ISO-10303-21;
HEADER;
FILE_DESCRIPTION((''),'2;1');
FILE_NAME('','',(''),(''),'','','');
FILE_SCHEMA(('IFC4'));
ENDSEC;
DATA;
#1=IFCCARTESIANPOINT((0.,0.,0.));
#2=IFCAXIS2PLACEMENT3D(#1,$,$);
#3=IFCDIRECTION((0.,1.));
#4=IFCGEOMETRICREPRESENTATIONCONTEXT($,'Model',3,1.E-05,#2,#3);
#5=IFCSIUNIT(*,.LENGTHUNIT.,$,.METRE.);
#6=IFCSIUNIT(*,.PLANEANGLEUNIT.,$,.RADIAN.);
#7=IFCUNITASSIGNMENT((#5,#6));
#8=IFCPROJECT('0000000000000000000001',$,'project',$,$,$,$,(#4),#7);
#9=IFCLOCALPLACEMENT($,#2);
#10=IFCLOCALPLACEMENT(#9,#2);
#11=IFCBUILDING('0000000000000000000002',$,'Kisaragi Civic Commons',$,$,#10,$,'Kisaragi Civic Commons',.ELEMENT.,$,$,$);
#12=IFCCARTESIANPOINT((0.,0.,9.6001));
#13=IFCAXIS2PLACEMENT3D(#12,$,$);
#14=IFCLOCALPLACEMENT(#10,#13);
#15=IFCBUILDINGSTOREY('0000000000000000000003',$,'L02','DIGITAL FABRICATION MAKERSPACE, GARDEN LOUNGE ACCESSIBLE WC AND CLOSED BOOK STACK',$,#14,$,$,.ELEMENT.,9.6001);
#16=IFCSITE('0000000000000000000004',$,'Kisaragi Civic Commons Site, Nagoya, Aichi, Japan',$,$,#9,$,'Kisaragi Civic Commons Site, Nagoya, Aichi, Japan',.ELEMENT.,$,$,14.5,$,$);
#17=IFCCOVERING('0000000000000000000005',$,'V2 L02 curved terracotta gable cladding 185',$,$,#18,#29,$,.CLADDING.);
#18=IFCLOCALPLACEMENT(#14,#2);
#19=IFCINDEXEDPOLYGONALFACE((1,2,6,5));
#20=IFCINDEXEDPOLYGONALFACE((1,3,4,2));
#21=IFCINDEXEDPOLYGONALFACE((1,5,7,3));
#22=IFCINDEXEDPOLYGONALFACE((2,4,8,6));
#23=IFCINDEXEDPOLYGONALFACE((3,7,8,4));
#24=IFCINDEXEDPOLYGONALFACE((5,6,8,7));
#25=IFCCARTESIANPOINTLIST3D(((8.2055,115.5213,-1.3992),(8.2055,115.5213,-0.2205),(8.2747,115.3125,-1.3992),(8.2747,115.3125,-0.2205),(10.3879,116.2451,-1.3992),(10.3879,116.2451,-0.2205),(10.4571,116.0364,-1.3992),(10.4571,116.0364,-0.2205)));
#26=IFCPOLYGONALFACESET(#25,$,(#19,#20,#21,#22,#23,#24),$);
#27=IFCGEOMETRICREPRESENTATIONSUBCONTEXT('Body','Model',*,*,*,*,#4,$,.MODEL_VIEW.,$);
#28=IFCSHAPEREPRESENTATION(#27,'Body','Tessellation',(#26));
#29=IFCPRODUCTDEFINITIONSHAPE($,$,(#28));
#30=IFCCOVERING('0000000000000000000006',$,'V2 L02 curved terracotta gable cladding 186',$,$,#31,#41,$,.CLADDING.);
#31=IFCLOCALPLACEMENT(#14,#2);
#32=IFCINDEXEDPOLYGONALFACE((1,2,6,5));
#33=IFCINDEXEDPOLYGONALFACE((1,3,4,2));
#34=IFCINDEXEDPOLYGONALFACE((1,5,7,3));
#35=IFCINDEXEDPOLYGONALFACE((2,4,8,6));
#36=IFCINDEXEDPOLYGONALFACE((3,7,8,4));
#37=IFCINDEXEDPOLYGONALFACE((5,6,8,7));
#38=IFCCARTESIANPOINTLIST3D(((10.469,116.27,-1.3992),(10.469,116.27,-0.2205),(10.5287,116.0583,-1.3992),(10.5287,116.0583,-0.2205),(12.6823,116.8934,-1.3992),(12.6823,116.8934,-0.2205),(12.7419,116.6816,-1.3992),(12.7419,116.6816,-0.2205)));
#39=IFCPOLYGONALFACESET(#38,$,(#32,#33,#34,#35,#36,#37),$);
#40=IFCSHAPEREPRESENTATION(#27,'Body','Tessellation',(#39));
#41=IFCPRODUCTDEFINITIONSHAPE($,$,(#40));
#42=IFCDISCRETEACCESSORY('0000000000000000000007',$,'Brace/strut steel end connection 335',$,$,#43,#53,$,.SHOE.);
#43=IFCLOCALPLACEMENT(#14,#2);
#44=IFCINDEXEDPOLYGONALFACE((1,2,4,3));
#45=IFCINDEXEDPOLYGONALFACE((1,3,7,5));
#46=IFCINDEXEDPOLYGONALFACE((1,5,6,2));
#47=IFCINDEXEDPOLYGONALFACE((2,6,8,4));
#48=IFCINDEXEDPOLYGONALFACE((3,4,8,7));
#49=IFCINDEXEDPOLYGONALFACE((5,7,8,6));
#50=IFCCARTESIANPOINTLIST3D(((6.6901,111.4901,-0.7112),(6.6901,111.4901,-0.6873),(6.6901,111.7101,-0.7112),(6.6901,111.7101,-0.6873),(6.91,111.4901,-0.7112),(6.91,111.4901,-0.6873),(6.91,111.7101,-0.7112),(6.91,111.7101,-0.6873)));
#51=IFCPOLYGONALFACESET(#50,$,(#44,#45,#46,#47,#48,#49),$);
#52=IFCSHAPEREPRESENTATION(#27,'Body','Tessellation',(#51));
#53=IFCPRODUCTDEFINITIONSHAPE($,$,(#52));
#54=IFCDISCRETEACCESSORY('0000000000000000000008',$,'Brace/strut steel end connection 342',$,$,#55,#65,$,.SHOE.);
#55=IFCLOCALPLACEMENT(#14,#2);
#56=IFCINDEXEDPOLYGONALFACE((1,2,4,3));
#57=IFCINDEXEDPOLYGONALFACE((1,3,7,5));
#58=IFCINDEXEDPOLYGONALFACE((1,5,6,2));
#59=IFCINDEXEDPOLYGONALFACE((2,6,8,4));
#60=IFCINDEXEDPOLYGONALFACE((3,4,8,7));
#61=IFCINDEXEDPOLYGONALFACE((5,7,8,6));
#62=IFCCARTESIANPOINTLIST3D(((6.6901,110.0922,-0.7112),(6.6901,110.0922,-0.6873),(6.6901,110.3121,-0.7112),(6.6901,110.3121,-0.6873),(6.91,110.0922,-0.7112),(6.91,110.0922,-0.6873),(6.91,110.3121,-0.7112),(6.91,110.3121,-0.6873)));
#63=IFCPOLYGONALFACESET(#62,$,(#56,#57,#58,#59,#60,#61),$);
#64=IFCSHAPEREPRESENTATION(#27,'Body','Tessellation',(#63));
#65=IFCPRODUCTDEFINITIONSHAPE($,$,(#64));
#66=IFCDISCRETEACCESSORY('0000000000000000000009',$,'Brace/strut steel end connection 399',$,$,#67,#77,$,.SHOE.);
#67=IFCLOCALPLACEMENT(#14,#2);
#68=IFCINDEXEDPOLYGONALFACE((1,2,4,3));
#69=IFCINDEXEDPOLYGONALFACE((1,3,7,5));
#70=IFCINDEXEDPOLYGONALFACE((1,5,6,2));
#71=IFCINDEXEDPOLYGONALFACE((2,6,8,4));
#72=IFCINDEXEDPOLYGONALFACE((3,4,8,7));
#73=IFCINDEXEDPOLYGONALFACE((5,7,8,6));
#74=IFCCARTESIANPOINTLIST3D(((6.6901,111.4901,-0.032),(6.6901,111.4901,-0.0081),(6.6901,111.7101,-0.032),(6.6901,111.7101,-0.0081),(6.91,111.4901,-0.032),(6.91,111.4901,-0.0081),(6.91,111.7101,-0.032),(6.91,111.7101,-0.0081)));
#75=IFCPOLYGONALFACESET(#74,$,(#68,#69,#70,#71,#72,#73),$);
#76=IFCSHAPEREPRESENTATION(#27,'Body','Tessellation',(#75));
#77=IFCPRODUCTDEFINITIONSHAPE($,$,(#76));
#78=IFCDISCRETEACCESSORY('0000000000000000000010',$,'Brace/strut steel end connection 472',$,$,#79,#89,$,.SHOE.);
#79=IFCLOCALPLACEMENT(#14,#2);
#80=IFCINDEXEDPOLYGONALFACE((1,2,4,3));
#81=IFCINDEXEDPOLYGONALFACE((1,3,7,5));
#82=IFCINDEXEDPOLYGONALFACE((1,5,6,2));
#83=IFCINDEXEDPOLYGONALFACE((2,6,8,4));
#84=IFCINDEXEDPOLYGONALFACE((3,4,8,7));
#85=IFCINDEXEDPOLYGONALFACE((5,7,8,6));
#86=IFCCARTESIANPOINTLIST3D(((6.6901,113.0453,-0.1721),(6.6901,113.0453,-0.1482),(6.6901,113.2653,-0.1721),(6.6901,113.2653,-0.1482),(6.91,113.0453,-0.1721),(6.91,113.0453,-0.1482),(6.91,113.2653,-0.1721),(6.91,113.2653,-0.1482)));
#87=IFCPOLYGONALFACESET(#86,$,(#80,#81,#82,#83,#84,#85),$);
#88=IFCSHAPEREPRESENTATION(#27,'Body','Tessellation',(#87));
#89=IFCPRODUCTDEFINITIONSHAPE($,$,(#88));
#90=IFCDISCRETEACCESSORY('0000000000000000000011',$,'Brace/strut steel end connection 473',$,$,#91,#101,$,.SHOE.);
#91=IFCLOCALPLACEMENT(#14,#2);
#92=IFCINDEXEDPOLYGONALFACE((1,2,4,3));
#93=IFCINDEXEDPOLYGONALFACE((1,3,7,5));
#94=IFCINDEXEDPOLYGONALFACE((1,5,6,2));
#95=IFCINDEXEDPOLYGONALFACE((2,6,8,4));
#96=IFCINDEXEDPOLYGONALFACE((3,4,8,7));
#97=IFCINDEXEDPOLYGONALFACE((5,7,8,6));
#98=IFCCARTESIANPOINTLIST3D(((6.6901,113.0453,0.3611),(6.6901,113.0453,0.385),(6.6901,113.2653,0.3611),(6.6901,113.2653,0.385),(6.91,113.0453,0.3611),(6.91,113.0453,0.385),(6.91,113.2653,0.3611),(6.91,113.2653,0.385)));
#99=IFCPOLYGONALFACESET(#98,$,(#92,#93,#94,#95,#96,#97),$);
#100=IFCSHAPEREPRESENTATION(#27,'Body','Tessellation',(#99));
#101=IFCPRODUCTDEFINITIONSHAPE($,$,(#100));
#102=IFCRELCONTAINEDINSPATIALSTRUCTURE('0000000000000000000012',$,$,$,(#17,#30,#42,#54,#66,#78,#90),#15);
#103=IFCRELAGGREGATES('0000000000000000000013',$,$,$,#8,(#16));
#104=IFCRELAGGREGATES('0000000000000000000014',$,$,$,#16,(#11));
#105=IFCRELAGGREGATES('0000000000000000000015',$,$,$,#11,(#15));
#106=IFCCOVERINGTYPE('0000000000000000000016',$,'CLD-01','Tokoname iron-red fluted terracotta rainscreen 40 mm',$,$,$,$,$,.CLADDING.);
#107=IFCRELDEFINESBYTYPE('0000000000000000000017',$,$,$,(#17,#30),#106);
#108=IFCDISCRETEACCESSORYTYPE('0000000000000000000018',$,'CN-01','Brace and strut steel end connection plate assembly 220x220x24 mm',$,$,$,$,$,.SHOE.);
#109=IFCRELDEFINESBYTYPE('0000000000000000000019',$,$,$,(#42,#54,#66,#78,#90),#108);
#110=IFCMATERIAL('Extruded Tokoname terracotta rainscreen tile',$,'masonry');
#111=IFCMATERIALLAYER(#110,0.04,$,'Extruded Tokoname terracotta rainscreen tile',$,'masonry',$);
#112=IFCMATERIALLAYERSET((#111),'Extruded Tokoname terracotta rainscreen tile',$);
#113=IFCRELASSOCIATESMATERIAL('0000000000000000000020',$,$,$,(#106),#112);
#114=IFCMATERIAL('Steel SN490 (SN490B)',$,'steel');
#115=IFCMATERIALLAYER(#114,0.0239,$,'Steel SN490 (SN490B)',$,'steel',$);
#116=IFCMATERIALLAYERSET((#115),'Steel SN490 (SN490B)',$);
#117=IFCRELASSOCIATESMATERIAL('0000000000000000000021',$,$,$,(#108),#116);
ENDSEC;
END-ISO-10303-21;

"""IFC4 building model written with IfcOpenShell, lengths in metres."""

from ifc_helpers import new_model, si_unit, direction, frame, origin, origin_2d, place, context, subcontext, project, spatial, rectangle, extrude, material, layer, layer_set, type_object, element, save


model = new_model("IFC4")

# Units and contexts
model_context = context("Model", 3, precision=1e-05, world=origin(), true_north=direction((0.0, 1.0)))
body_context = subcontext(model_context, "Body", "Model", "MODEL_VIEW")
ifc_project = project(units=[si_unit("LENGTHUNIT", "METRE"), si_unit("PLANEANGLEUNIT", "RADIAN")], contexts=[model_context])

# Site, building, storey
site_placement = place(None, origin())
site = spatial("IfcSite", under=ifc_project, at=site_placement, Name="Kisaragi Civic Commons Site, Nagoya, Aichi, Japan", LongName="Kisaragi Civic Commons Site, Nagoya, Aichi, Japan", CompositionType="ELEMENT", RefElevation=14.5)
building_placement = place(site_placement, origin())
building = spatial("IfcBuilding", under=site, at=building_placement, Name="Kisaragi Civic Commons", LongName="Kisaragi Civic Commons", CompositionType="ELEMENT")
storey_placement = place(building_placement, frame((0.0, 0.0, 9.6001)))
storey = spatial("IfcBuildingStorey", under=building, at=storey_placement, Name="L02", Description="DIGITAL FABRICATION MAKERSPACE, GARDEN LOUNGE ACCESSIBLE WC AND CLOSED BOOK STACK", CompositionType="ELEMENT", Elevation=9.6001)

# Shared definitions
ifc_material_1 = material(Name="Steel SN490 (SN490B)", Category="steel")

# Coverings
ifc_material_2 = material(Name="Extruded Tokoname terracotta rainscreen tile", Category="masonry")
ifc_layer_1 = layer(ifc_material_2, 0.04, Name="Extruded Tokoname terracotta rainscreen tile", Category="masonry")
ifc_layer_set_1 = layer_set([ifc_layer_1], Name="Extruded Tokoname terracotta rainscreen tile")
covering_type = type_object("IfcCoveringType", Name="CLD-01", Description="Tokoname iron-red fluted terracotta rainscreen 40 mm", PredefinedType="CLADDING", material=ifc_layer_set_1)
for number, where, z_axis, x_axis, name in (
    (1, (9.3313, 115.7788, -1.3992), (0.0, 0.0, 1.0), (0.949151, 0.314821, 0.0), "V2 L02 curved terracotta gable cladding 185"),
    (2, (11.6055, 116.4758, -1.3992), (0.0, 0.0, 1.0), (0.96255, 0.271104, 0.0), "V2 L02 curved terracotta gable cladding 186"),
):
    element("IfcCovering", number, at=place(storey_placement, frame(where, z_axis=z_axis, x_axis=x_axis)), inside=storey, type_object=covering_type, Name=name, PredefinedType="CLADDING", context=body_context, shape_type="SweptSolid", body=[
        extrude(rectangle(XDim=2.2993, YDim=0.22, at=origin_2d()), origin(), (0.0, 0.0, 1.0), 1.1787),
    ])

# Discrete accessories
ifc_layer_2 = layer(ifc_material_1, 0.0239, Name="Steel SN490 (SN490B)", Category="steel")
ifc_layer_set_2 = layer_set([ifc_layer_2], Name="Steel SN490 (SN490B)")
discrete_accessory_type = type_object("IfcDiscreteAccessoryType", Name="CN-01", Description="Brace and strut steel end connection plate assembly 220x220x24 mm", PredefinedType="SHOE", material=ifc_layer_set_2)
for number, where, z_axis, x_axis, name in (
    (3, (6.8, 111.6001, -0.7112), (0.0, 0.0, 1.0), (1.0, 0.0, 0.0), "Brace/strut steel end connection 335"),
    (4, (6.8, 110.2021, -0.7112), (0.0, 0.0, 1.0), (1.0, 0.0, 0.0), "Brace/strut steel end connection 342"),
    (5, (6.8, 111.6001, -0.032), (0.0, 0.0, 1.0), (1.0, 0.0, 0.0), "Brace/strut steel end connection 399"),
    (6, (6.8, 113.1553, -0.1721), (0.0, 0.0, 1.0), (1.0, 0.0, 0.0), "Brace/strut steel end connection 472"),
    (7, (6.8, 113.1553, 0.3611), (0.0, 0.0, 1.0), (1.0, 0.0, 0.0), "Brace/strut steel end connection 473"),
):
    element("IfcDiscreteAccessory", number, at=place(storey_placement, frame(where, z_axis=z_axis, x_axis=x_axis)), inside=storey, type_object=discrete_accessory_type, Name=name, PredefinedType="SHOE", context=body_context, shape_type="SweptSolid", body=[
        extrude(rectangle(XDim=0.22, YDim=0.22, at=origin_2d()), origin(), (0.0, 0.0, 1.0), 0.0239),
    ])

save(model, "model.ifc")
